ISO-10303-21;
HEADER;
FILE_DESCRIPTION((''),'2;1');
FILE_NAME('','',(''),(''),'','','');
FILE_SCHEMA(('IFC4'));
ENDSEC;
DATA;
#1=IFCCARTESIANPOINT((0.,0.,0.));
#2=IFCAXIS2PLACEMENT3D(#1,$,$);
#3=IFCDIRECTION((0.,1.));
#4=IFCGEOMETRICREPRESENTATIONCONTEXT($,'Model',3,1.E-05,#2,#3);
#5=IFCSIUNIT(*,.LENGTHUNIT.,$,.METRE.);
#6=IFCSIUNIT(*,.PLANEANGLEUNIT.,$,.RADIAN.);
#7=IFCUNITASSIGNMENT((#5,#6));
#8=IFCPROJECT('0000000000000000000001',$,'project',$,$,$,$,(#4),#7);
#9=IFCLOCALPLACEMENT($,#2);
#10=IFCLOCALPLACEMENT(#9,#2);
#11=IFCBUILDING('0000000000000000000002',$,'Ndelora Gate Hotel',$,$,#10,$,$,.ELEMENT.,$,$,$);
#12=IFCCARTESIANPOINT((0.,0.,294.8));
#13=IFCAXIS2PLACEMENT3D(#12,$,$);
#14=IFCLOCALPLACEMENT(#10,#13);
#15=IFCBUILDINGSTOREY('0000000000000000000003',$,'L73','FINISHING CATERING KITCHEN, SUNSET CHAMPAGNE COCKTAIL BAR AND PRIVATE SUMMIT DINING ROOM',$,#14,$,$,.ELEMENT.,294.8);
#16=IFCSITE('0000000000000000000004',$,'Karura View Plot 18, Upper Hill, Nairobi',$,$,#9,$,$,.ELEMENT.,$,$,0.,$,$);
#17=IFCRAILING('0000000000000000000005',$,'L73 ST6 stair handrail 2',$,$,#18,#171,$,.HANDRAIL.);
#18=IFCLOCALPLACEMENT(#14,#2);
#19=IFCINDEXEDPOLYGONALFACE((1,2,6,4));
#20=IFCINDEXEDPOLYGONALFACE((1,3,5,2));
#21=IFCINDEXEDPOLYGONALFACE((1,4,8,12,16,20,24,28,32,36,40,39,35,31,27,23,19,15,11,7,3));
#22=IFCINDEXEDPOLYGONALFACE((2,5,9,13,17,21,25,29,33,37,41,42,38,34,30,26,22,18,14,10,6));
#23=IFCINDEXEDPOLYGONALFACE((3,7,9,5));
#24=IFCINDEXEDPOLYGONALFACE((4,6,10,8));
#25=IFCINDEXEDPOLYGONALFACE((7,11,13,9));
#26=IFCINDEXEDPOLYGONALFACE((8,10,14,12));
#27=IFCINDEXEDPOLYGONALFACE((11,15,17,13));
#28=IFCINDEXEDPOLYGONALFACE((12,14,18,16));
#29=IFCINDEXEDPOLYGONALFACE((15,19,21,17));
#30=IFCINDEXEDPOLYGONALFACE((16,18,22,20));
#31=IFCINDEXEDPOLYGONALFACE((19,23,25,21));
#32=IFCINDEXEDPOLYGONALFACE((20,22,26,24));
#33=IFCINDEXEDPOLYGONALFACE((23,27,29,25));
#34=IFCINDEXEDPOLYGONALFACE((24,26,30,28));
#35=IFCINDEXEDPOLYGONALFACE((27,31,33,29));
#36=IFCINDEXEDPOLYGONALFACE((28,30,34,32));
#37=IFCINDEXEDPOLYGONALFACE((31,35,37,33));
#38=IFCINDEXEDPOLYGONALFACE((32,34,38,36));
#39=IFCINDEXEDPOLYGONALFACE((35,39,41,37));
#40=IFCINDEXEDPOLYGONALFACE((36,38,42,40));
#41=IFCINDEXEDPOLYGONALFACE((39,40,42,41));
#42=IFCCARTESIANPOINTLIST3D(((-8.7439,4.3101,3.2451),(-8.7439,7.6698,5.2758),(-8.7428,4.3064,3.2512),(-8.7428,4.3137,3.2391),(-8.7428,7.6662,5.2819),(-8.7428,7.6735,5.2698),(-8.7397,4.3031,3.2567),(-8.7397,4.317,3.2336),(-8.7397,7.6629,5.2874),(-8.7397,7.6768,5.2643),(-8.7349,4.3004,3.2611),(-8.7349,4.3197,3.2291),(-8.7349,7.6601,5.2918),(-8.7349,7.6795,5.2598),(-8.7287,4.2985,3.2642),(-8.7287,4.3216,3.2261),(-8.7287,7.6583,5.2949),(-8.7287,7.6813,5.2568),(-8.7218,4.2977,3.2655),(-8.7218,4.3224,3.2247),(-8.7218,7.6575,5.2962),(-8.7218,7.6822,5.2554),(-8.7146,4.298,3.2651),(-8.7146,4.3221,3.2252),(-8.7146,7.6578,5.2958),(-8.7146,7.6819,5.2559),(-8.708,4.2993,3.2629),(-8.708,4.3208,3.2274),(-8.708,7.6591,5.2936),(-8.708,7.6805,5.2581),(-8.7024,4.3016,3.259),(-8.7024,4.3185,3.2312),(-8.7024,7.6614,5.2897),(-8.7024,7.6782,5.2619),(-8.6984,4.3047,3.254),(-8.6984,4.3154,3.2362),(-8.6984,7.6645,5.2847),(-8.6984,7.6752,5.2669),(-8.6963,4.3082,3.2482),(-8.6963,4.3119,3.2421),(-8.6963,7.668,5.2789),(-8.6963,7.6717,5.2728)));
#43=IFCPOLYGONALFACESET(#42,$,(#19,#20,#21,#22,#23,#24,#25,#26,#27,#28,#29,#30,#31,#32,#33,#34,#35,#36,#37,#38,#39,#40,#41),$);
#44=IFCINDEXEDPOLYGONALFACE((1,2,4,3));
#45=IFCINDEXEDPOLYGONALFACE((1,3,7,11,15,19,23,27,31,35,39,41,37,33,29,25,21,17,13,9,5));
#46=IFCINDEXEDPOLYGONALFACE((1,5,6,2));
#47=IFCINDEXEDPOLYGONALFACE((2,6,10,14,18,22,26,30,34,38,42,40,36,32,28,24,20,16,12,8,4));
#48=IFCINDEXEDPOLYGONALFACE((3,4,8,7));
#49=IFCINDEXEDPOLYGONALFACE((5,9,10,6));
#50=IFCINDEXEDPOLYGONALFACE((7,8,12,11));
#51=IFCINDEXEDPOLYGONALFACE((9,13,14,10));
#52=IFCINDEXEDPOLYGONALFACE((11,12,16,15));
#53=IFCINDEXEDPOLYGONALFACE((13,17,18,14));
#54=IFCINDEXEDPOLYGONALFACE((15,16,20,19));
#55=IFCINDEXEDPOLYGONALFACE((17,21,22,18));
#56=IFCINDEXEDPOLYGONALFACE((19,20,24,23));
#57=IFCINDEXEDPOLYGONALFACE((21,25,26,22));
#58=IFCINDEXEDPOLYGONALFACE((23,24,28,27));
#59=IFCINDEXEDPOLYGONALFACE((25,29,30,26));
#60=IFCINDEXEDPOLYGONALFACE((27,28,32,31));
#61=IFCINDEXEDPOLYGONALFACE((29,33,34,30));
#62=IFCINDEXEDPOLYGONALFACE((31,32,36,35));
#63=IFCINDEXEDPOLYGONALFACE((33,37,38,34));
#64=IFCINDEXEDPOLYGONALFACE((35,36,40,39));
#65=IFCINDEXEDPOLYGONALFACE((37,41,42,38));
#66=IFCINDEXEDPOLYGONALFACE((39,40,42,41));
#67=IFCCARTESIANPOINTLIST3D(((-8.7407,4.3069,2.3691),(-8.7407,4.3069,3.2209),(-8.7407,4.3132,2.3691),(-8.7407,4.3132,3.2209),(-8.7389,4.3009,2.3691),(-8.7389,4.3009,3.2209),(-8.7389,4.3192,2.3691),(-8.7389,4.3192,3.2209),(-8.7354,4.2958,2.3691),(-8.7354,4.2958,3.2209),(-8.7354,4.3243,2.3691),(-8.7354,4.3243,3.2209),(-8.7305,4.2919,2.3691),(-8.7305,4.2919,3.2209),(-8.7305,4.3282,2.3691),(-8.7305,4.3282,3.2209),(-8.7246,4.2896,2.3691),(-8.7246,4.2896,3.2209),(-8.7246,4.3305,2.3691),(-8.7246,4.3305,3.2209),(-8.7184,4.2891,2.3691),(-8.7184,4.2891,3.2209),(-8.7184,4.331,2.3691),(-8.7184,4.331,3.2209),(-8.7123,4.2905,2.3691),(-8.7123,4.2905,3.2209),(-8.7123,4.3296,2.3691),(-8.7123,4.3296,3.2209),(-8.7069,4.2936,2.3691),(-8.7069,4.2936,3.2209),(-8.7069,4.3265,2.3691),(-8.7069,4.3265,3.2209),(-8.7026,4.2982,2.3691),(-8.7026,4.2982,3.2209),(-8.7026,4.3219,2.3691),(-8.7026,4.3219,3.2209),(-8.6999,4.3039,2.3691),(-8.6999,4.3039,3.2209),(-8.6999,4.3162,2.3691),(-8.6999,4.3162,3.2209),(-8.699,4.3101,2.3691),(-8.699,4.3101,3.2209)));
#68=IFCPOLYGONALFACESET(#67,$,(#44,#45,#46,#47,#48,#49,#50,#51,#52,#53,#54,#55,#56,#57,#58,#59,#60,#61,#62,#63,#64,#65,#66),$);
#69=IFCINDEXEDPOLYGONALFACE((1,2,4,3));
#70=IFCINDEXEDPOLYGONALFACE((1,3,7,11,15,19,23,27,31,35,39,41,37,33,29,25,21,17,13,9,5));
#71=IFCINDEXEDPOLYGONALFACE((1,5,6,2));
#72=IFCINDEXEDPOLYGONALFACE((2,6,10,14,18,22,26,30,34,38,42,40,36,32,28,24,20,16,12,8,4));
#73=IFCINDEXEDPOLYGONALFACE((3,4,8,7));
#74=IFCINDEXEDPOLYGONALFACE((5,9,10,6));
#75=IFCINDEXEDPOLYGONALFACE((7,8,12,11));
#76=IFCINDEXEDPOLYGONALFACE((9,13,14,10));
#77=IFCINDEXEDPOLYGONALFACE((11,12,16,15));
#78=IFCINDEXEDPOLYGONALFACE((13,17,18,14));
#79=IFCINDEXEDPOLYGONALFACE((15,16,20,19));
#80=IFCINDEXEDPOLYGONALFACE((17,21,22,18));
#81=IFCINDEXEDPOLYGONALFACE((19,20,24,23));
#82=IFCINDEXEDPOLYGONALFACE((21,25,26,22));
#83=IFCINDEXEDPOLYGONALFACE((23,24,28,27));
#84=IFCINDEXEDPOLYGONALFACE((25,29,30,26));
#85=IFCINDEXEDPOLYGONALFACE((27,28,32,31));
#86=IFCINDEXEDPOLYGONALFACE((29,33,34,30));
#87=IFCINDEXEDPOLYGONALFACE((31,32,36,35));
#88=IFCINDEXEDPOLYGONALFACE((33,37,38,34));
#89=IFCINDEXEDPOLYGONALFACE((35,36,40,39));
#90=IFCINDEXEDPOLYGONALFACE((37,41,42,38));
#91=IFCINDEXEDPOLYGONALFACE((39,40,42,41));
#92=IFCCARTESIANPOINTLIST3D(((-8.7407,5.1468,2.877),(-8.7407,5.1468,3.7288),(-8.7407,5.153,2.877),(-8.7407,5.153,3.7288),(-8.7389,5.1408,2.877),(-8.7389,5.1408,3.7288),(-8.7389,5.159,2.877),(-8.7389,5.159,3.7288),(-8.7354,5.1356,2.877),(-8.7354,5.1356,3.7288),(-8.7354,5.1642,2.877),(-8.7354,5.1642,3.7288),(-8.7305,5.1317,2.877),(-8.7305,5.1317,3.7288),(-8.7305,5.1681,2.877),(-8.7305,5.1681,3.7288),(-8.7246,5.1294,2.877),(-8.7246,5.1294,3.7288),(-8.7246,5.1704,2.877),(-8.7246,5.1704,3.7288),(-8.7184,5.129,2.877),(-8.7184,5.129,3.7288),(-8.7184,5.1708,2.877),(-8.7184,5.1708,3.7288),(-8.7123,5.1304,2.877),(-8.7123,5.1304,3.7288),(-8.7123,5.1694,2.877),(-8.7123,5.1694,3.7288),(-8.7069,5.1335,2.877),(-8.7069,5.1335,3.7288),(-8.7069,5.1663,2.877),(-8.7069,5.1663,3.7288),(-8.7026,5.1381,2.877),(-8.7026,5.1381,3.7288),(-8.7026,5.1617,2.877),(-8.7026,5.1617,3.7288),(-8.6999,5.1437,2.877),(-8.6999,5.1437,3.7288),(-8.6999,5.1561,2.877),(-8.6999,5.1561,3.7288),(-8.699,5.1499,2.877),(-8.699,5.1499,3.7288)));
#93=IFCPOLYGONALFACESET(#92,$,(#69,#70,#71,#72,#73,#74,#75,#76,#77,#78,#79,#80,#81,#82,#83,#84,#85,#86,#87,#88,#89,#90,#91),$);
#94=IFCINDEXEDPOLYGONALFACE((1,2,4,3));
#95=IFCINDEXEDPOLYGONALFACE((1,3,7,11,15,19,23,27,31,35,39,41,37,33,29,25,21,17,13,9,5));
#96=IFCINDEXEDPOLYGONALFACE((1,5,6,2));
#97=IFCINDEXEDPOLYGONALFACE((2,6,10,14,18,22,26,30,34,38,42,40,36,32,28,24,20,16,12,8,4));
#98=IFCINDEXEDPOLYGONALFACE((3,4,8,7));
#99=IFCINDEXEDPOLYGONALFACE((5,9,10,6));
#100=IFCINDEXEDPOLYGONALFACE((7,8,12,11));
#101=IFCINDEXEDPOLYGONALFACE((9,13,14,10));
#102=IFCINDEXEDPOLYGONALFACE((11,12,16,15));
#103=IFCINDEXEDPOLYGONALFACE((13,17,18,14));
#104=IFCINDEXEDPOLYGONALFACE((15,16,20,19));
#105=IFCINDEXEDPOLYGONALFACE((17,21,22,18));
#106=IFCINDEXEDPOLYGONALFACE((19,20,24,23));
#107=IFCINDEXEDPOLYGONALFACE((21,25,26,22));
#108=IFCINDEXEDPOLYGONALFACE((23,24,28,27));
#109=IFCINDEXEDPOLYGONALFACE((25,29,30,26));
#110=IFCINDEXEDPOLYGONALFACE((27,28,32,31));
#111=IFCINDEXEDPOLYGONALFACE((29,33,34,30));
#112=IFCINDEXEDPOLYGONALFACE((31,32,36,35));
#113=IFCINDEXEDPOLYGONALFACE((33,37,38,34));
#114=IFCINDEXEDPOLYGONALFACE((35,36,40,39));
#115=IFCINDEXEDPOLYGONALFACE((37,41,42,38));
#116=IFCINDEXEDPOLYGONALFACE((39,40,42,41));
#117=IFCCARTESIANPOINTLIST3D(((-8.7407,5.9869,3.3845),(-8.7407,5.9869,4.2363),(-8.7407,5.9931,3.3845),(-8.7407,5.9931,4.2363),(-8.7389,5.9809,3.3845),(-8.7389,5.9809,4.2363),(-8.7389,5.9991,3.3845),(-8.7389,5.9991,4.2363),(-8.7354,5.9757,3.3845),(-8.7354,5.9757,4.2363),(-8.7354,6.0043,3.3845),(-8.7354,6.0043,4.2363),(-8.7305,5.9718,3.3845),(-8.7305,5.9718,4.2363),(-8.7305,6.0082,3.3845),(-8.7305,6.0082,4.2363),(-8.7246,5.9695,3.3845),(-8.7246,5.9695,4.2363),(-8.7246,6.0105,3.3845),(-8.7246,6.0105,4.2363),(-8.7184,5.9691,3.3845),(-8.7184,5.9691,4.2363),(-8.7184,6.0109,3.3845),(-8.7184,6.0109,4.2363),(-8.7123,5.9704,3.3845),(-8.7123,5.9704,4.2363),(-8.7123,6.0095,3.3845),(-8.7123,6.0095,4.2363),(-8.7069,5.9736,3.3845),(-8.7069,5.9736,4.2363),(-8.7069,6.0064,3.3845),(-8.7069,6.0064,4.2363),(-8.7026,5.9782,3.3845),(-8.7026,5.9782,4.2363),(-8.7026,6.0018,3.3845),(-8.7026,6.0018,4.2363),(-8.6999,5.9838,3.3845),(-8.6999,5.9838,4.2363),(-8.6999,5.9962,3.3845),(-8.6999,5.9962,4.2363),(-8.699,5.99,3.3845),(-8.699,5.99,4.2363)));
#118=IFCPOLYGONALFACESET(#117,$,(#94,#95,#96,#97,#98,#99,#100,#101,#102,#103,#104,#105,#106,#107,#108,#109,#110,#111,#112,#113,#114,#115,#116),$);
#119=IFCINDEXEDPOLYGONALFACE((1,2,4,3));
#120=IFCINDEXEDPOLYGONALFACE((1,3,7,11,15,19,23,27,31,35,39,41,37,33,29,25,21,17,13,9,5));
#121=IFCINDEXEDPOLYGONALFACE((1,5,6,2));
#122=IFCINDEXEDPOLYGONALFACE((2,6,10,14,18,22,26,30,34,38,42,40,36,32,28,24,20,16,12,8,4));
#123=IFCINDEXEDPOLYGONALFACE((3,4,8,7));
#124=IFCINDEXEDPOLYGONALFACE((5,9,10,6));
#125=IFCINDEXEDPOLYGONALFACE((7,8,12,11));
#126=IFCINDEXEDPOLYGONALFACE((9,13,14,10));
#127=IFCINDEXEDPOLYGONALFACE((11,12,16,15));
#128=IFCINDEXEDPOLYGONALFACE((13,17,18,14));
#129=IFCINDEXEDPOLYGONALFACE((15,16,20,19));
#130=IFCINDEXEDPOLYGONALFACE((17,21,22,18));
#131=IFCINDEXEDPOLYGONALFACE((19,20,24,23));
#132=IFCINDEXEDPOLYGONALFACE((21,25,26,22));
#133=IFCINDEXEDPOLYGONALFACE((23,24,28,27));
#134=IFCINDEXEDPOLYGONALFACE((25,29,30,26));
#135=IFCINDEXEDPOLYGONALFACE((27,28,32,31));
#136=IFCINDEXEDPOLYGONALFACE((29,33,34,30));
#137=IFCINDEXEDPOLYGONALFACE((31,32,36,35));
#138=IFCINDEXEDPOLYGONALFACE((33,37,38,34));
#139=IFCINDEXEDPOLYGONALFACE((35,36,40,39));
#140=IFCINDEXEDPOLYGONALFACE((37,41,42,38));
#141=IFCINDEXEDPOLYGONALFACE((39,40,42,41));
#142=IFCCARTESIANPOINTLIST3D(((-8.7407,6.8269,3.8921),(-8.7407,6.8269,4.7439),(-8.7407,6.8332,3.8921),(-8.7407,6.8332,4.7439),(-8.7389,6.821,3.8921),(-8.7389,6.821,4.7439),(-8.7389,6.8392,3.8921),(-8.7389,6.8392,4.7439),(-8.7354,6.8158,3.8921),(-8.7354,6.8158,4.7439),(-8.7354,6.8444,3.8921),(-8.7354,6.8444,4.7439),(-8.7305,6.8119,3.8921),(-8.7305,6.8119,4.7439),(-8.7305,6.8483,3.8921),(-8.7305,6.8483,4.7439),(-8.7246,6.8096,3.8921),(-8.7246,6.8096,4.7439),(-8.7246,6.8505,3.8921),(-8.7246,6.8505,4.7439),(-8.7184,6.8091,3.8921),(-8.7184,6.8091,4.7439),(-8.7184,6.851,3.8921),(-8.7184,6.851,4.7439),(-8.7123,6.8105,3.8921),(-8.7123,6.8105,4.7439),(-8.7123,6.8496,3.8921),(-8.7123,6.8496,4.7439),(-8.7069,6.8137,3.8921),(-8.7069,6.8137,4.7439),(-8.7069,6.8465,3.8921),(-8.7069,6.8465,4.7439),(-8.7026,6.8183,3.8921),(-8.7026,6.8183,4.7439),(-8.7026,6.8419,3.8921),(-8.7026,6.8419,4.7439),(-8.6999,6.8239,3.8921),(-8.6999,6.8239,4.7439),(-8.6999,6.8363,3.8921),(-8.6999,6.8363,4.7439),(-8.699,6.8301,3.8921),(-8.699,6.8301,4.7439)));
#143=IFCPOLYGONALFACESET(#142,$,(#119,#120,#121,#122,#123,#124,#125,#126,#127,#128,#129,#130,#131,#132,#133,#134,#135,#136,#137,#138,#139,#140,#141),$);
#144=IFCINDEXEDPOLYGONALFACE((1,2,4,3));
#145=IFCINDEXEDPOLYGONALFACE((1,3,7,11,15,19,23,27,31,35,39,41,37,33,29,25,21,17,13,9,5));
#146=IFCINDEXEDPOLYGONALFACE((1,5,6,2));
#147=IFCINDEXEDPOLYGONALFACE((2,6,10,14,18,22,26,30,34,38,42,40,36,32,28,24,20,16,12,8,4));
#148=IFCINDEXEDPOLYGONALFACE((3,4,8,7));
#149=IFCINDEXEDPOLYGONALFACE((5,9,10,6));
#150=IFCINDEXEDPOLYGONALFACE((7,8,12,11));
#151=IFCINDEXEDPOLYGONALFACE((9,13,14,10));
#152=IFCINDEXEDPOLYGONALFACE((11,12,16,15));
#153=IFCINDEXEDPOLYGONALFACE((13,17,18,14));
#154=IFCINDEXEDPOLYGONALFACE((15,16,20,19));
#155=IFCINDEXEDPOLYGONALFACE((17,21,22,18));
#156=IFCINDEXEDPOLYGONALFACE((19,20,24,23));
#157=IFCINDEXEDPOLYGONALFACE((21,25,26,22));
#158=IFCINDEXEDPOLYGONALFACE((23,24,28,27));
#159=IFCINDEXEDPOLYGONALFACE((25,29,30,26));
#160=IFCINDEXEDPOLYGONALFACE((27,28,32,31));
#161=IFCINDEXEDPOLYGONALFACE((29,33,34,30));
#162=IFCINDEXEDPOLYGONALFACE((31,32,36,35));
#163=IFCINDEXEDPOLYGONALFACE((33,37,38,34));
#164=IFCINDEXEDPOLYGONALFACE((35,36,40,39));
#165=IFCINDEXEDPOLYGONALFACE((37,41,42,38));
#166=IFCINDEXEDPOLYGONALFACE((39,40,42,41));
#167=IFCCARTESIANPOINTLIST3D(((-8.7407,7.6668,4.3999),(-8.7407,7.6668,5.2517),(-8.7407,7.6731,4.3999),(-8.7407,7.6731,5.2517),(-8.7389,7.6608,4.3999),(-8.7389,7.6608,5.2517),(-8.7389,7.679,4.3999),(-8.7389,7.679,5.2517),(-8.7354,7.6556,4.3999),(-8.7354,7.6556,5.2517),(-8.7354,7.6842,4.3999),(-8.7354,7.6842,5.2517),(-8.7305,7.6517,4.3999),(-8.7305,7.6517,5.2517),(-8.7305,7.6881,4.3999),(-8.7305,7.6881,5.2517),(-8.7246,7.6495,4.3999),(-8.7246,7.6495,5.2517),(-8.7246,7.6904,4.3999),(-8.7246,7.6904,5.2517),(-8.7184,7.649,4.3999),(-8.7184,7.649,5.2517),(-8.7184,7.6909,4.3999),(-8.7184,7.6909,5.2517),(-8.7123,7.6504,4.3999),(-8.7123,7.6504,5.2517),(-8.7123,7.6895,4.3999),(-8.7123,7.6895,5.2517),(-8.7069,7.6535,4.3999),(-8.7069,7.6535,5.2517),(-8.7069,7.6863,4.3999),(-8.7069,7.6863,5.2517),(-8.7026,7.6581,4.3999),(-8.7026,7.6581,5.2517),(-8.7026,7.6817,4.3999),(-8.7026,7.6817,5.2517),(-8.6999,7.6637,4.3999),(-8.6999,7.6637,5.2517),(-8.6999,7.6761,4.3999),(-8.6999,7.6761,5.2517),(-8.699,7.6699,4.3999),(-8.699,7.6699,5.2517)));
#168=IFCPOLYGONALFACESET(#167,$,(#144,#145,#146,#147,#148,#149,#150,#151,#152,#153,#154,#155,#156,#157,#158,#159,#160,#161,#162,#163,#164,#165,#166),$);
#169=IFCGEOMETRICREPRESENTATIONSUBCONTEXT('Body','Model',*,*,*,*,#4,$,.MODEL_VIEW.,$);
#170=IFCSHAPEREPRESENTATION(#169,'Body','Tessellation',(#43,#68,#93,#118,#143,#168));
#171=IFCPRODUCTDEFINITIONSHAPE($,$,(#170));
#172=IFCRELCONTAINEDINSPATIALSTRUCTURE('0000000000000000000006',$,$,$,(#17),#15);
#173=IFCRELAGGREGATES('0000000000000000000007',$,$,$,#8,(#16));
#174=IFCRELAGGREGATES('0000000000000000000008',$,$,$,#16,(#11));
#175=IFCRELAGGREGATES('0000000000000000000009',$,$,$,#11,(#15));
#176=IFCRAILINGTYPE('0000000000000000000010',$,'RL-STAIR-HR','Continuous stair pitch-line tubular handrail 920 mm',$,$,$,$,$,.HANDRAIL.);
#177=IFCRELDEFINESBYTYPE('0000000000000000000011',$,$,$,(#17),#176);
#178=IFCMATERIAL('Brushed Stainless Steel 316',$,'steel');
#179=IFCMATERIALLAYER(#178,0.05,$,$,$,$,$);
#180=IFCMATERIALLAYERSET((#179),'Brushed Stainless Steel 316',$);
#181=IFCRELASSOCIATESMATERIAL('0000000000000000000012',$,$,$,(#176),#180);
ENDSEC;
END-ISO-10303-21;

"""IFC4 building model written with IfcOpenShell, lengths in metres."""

from ifc_helpers import new_model, si_unit, direction, frame, origin, origin_2d, place, context, subcontext, project, spatial, circle, extrude, material, layer, layer_set, type_object, element, save


model = new_model("IFC4")

# Units and contexts
model_context = context("Model", 3, precision=1e-05, world=origin(), true_north=direction((0.0, 1.0)))
body_context = subcontext(model_context, "Body", "Model", "MODEL_VIEW")
ifc_project = project(units=[si_unit("LENGTHUNIT", "METRE"), si_unit("PLANEANGLEUNIT", "RADIAN")], contexts=[model_context])

# Site, building, storey
site_placement = place(None, origin())
site = spatial("IfcSite", under=ifc_project, at=site_placement, Name="Karura View Plot 18, Upper Hill, Nairobi", CompositionType="ELEMENT", RefElevation=0.0)
building_placement = place(site_placement, origin())
building = spatial("IfcBuilding", under=site, at=building_placement, Name="Ndelora Gate Hotel", CompositionType="ELEMENT")
storey_placement = place(building_placement, frame((0.0, 0.0, 294.8)))
storey = spatial("IfcBuildingStorey", under=building, at=storey_placement, Name="L73", Description="FINISHING CATERING KITCHEN, SUNSET CHAMPAGNE COCKTAIL BAR AND PRIVATE SUMMIT DINING ROOM", CompositionType="ELEMENT", Elevation=294.8)

# Railing
ifc_material_1 = material(Name="Brushed Stainless Steel 316", Category="steel")
ifc_layer_1 = layer(ifc_material_1, 0.05)
ifc_layer_set_1 = layer_set([ifc_layer_1], Name="Brushed Stainless Steel 316")
railing_type_1 = type_object("IfcRailingType", Name="RL-STAIR-HR", Description="Continuous stair pitch-line tubular handrail 920 mm", PredefinedType="HANDRAIL", material=ifc_layer_set_1)
railing_1_placement = place(storey_placement, frame((-8.72, 4.3101, 2.3691)))
element("IfcRailing", 1, at=railing_1_placement, inside=storey, type_object=railing_type_1, Name="L73 ST6 stair handrail 2", PredefinedType="HANDRAIL", context=body_context, shape_type="SweptSolid", body=[
    extrude(circle(Radius=0.0239, at=origin_2d()), frame((0.0, 0.0, 0.876), z_axis=(0.0, 0.85582, 0.517273), x_axis=(-1.0, 0.0, 0.0)), (0.0, 0.0, 1.0), 3.9258),
    extrude(circle(Radius=0.021, at=origin_2d()), origin(), (0.0, 0.0, 1.0), 0.8518),
    extrude(circle(Radius=0.021, at=origin_2d()), frame((0.0, 0.8398, 0.5078)), (0.0, 0.0, 1.0), 0.8518),
    extrude(circle(Radius=0.021, at=origin_2d()), frame((0.0, 1.6799, 1.0154)), (0.0, 0.0, 1.0), 0.8518),
    extrude(circle(Radius=0.021, at=origin_2d()), frame((0.0, 2.52, 1.5229)), (0.0, 0.0, 1.0), 0.8518),
    extrude(circle(Radius=0.021, at=origin_2d()), frame((0.0, 3.3599, 2.0308)), (0.0, 0.0, 1.0), 0.8518),
])

save(model, "model.ifc")
